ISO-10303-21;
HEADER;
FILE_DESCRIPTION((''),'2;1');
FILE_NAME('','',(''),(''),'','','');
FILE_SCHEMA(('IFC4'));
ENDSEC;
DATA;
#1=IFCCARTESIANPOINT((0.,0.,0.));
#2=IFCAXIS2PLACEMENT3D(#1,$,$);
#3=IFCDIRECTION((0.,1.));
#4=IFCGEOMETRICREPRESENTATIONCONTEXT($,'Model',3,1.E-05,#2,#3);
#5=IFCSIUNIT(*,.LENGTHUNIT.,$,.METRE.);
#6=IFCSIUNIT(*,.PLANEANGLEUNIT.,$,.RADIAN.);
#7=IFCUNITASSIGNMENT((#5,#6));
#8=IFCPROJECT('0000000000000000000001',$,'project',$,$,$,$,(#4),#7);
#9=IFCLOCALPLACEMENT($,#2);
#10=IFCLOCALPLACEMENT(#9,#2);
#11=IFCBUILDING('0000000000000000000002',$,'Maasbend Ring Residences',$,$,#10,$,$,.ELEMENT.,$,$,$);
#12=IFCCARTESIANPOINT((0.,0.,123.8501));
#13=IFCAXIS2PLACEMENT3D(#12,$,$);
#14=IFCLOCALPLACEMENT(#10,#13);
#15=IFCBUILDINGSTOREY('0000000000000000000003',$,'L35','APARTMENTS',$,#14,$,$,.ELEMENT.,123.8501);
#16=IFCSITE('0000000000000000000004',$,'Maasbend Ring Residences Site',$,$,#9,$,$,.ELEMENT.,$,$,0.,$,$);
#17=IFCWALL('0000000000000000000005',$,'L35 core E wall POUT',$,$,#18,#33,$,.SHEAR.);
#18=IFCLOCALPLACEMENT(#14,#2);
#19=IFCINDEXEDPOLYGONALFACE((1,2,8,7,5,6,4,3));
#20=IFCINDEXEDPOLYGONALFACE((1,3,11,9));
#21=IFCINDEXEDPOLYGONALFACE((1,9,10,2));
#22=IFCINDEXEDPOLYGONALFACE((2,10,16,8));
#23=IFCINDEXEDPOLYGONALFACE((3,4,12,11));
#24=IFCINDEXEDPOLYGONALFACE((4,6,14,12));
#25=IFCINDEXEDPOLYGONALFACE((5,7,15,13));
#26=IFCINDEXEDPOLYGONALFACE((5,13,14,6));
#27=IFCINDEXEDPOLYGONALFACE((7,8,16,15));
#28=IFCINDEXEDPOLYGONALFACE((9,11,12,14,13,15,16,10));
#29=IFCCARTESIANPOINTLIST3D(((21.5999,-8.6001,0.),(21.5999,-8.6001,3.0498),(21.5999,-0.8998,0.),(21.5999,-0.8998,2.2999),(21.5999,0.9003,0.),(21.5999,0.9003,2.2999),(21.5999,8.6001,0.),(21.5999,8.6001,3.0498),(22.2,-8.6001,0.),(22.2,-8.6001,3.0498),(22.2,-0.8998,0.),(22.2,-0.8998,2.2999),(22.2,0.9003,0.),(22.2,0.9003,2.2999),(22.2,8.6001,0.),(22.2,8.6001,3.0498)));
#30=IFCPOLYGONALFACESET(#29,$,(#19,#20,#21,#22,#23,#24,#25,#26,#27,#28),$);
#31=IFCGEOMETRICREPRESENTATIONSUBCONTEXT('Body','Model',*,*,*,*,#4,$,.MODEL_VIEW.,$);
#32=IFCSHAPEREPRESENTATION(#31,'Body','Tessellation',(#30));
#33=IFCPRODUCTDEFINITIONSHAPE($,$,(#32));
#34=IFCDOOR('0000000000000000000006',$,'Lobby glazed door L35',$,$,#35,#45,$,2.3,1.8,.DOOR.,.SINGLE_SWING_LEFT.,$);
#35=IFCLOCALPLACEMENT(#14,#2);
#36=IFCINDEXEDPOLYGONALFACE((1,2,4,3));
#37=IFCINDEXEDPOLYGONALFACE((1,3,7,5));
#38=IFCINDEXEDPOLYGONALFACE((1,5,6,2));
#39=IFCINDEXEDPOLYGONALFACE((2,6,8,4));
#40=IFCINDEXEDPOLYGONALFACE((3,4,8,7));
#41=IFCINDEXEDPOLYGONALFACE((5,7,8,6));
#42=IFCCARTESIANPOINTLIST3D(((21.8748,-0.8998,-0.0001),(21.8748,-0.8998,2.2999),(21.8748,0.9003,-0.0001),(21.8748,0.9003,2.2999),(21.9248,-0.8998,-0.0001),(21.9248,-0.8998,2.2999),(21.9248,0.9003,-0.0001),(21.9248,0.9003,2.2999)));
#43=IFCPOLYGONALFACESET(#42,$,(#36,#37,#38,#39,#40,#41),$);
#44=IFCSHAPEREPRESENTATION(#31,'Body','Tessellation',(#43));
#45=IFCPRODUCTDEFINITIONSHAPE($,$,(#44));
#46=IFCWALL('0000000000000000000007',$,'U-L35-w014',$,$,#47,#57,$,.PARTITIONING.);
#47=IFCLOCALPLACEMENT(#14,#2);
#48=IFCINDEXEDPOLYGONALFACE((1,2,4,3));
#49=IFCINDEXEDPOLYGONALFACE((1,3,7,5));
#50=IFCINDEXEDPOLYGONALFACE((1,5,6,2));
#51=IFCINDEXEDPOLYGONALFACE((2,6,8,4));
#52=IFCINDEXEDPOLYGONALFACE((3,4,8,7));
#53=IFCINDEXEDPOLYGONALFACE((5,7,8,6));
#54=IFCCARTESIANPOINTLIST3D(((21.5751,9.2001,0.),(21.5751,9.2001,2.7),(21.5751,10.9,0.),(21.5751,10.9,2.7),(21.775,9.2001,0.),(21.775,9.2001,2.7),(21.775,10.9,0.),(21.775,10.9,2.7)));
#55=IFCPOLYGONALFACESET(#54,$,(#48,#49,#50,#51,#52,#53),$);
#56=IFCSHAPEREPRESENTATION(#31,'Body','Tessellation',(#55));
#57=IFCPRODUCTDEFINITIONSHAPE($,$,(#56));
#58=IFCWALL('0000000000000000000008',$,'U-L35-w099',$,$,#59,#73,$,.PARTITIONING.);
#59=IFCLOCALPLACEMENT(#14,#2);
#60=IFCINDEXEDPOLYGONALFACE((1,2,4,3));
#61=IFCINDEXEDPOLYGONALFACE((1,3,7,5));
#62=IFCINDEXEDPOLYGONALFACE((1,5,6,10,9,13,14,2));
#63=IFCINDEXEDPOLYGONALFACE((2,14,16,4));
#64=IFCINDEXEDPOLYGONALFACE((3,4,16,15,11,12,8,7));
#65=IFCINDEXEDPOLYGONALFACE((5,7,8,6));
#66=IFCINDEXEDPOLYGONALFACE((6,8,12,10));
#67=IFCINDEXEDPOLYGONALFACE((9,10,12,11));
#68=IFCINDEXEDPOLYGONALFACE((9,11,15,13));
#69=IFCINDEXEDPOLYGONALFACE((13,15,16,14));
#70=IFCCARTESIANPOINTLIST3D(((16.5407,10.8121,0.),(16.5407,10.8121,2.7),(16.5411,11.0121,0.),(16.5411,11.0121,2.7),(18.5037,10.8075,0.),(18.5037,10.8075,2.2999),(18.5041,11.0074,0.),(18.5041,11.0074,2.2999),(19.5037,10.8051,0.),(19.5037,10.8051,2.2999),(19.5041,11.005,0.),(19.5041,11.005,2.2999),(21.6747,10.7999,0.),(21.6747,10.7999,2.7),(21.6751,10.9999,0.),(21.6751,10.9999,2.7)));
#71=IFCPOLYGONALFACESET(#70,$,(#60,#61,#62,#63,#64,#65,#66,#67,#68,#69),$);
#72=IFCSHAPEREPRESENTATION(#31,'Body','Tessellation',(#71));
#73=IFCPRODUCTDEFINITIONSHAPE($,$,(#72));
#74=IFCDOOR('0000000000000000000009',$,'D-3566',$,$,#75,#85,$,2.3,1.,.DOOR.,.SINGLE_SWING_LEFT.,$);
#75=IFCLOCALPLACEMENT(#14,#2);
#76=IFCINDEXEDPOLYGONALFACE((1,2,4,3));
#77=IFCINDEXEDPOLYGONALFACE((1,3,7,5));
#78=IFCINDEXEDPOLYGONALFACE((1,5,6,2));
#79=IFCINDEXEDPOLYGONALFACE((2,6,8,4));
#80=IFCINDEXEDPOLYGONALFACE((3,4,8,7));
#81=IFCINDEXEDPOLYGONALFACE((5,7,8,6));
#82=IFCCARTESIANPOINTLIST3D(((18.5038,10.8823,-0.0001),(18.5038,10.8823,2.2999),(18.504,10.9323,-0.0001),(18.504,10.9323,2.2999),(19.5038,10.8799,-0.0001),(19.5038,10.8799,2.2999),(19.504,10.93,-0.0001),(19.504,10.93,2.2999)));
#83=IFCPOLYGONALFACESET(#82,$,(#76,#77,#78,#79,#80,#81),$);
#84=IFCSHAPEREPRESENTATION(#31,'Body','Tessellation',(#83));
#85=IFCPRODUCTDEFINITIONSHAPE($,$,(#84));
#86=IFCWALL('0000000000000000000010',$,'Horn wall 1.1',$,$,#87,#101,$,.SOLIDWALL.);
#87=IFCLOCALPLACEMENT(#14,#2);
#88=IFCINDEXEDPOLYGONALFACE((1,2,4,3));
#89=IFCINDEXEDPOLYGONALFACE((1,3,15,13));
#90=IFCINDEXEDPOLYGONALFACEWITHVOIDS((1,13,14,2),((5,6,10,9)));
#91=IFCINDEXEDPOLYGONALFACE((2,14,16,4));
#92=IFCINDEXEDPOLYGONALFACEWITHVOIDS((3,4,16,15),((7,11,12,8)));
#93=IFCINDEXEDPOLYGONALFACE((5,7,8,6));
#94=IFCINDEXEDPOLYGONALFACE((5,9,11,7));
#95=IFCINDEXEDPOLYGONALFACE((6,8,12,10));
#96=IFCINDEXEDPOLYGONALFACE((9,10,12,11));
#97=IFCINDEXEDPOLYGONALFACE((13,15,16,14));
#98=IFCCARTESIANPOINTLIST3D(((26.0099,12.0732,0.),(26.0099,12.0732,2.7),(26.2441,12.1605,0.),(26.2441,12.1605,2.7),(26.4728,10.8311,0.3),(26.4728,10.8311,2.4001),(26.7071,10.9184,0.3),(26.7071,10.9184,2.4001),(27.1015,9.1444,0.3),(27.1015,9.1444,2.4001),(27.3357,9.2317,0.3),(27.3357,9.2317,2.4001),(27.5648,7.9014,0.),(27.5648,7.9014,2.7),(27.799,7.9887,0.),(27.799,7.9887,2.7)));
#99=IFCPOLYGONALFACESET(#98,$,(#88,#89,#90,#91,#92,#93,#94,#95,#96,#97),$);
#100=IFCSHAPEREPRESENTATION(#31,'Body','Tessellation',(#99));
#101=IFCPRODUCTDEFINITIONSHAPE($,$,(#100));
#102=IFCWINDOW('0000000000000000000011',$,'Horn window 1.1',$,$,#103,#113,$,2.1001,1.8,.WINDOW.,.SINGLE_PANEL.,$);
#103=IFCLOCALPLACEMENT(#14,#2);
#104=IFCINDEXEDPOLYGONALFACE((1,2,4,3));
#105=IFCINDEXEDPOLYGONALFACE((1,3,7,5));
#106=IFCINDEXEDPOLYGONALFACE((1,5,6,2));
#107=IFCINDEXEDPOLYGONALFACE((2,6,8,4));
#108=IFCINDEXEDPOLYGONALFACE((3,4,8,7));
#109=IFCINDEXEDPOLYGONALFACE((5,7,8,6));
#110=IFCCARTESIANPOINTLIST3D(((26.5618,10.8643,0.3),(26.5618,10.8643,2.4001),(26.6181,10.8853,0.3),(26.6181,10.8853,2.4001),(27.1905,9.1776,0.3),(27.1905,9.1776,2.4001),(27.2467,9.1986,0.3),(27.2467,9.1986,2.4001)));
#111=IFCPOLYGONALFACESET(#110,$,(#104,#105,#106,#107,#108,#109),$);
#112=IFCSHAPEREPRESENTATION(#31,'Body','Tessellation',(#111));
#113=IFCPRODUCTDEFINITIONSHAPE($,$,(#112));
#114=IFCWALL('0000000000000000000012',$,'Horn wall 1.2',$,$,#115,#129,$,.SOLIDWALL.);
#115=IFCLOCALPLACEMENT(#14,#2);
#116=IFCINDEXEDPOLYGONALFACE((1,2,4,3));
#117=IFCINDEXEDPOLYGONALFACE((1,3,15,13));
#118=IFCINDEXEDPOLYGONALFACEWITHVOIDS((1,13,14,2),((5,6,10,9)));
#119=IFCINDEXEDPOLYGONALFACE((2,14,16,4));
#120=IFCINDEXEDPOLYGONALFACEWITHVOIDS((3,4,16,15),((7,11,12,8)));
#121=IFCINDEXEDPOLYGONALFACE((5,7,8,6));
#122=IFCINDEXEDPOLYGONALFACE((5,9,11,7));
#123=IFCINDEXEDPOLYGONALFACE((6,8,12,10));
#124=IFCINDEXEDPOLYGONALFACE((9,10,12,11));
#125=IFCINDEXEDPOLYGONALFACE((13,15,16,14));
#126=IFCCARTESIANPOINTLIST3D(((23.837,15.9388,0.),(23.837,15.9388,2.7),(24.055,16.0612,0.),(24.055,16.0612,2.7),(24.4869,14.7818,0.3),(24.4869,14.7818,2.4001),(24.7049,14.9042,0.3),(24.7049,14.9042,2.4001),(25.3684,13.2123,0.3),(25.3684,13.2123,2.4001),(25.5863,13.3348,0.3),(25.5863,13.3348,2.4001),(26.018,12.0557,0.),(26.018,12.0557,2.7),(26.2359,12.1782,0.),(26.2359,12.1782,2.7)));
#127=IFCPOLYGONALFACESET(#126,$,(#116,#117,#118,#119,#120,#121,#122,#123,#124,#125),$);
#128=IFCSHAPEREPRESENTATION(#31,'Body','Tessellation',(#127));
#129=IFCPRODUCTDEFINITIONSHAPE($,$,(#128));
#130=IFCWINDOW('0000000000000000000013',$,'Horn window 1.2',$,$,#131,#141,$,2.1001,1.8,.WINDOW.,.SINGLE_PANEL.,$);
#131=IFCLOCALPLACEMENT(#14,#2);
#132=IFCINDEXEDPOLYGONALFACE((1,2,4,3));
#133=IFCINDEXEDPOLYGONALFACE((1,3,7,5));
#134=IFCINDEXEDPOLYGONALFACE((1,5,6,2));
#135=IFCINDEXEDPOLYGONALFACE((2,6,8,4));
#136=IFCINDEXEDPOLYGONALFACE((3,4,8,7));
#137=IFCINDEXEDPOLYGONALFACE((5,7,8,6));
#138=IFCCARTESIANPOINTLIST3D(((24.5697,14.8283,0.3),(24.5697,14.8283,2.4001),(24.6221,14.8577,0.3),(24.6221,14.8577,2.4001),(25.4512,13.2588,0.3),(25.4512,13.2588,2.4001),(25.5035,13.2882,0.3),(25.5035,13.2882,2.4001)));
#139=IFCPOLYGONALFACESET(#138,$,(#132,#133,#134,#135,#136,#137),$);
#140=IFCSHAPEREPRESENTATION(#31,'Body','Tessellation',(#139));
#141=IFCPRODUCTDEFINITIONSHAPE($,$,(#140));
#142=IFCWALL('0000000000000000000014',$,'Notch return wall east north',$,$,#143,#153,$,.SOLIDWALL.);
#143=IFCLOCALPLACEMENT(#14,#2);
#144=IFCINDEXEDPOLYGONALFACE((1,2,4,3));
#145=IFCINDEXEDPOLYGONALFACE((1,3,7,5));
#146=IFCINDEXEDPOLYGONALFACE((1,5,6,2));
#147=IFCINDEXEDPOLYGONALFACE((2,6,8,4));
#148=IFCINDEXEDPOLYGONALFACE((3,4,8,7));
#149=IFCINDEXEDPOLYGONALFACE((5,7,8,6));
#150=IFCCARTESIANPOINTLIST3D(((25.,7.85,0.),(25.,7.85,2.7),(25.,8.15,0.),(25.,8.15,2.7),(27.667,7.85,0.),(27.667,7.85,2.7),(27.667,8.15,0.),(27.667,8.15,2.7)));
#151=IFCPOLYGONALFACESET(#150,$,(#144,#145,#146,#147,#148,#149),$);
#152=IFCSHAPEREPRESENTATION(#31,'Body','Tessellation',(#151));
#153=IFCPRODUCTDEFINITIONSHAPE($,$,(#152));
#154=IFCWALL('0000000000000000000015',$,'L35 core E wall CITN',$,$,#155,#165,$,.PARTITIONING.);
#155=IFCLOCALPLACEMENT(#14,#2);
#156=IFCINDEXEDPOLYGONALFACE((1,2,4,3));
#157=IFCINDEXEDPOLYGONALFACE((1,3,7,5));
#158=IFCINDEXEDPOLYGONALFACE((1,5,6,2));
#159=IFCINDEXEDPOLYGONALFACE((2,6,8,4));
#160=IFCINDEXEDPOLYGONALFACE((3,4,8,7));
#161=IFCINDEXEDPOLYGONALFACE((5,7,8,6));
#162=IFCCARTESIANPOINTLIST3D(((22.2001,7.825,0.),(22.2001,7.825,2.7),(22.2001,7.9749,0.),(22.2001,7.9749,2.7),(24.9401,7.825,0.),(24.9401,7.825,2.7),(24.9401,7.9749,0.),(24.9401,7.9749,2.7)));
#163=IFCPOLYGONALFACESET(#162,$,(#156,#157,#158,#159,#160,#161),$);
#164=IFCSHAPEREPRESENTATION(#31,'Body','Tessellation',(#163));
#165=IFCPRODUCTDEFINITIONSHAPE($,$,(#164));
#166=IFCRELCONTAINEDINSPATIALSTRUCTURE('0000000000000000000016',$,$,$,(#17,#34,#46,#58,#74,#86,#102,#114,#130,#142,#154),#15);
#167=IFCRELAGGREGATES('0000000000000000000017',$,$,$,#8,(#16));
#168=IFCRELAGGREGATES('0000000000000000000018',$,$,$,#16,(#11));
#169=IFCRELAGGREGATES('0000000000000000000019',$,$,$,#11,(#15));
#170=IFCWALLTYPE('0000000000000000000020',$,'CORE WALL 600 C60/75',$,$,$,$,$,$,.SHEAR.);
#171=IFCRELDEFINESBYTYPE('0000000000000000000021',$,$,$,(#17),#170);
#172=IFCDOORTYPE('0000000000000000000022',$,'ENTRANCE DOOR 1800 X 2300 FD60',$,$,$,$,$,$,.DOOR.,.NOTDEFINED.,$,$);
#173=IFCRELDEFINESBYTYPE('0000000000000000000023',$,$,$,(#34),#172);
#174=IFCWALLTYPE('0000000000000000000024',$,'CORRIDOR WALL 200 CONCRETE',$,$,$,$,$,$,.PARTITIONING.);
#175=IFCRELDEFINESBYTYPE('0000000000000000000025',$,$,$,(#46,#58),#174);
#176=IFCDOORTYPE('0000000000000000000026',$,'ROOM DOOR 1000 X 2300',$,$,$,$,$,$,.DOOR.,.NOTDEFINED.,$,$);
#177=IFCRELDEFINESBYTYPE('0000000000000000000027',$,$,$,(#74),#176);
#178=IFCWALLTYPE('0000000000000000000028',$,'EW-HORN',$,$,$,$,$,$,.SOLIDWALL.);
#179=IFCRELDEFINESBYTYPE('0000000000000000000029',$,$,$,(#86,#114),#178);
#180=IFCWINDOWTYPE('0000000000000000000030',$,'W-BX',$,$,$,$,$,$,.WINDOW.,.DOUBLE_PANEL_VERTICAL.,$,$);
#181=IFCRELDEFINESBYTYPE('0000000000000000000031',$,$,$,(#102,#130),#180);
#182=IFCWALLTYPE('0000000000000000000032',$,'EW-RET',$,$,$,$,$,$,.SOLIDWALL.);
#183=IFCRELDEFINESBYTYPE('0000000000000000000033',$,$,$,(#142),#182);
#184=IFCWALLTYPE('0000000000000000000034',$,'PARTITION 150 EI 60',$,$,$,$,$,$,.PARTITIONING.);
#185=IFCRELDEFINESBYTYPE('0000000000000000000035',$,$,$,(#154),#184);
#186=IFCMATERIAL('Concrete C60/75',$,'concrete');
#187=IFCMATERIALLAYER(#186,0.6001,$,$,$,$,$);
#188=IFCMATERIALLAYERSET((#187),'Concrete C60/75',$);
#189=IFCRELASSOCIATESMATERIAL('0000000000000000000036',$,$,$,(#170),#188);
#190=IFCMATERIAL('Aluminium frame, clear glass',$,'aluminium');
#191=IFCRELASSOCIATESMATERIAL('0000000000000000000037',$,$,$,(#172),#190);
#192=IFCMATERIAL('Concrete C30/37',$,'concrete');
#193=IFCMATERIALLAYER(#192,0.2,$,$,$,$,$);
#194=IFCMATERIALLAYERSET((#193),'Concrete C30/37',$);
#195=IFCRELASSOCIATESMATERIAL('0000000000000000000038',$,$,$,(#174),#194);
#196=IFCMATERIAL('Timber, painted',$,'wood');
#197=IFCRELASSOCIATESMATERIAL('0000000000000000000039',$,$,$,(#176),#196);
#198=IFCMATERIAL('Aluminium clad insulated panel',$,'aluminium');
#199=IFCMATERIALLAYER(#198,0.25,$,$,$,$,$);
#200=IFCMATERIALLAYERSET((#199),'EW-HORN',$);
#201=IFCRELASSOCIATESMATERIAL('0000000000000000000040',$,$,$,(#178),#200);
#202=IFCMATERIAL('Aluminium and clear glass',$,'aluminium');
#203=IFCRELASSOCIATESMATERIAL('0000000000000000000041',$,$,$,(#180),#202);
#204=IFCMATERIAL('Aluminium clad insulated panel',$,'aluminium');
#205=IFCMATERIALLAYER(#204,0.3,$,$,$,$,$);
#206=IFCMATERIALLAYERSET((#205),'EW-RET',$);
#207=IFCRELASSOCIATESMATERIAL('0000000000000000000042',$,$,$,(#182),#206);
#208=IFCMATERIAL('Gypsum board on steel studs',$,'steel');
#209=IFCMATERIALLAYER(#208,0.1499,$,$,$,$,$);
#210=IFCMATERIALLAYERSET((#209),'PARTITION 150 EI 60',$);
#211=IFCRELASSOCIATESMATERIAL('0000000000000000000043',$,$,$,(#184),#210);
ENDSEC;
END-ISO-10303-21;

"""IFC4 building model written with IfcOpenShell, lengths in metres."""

from ifc_helpers import new_model, si_unit, direction, frame, frame_2d, origin, place, context, subcontext, project, spatial, rectangle, extrude, material, layer, layer_set, type_object, element, fill, save


model = new_model("IFC4")

# Units and contexts
model_context = context("Model", 3, precision=1e-05, world=origin(), true_north=direction((0.0, 1.0)))
body_context = subcontext(model_context, "Body", "Model", "MODEL_VIEW")
ifc_project = project(units=[si_unit("LENGTHUNIT", "METRE"), si_unit("PLANEANGLEUNIT", "RADIAN")], contexts=[model_context])

# Site, building, storey
site_placement = place(None, origin())
site = spatial("IfcSite", under=ifc_project, at=site_placement, Name="Maasbend Ring Residences Site", CompositionType="ELEMENT", RefElevation=0.0)
building_placement = place(site_placement, origin())
building = spatial("IfcBuilding", under=site, at=building_placement, Name="Maasbend Ring Residences", CompositionType="ELEMENT")
storey_placement = place(building_placement, frame((0.0, 0.0, 123.8501)))
storey = spatial("IfcBuildingStorey", under=building, at=storey_placement, Name="L35", Description="APARTMENTS", CompositionType="ELEMENT", Elevation=123.8501)

# Wall, opening, door
ifc_material_1 = material(Name="Concrete C60/75", Category="concrete")
ifc_layer_1 = layer(ifc_material_1, 0.6001)
ifc_layer_set_1 = layer_set([ifc_layer_1], Name="Concrete C60/75")
wall_type_1 = type_object("IfcWallType", Name="CORE WALL 600 C60/75", PredefinedType="SHEAR", material=ifc_layer_set_1)
wall_1_placement = place(storey_placement, frame((21.8999, 8.6001, 0.0), z_axis=(0.0, 0.0, 1.0), x_axis=(0.0, -1.0, 0.0)))
wall_1 = element("IfcWall", 1, at=wall_1_placement, inside=storey, type_object=wall_type_1, Name="L35 core E wall POUT", PredefinedType="SHEAR", context=body_context, shape_type="SweptSolid", body=[
    extrude(rectangle(XDim=17.2002, YDim=0.6001, at=frame_2d((8.6001, 0.0))), origin(), (0.0, 0.0, 1.0), 3.0498),
])
opening_1_placement = place(wall_1_placement, frame((7.7, 0.0, 0.0)))
opening_1 = element("IfcOpeningElement", 2, at=opening_1_placement, cuts=wall_1, PredefinedType="OPENING", context=body_context, shape_type="SweptSolid", body=[
    extrude(rectangle(XDim=1.8, YDim=2.3, at=frame_2d((0.8999, 1.1499))), frame((0.0, 0.3101, 0.0), z_axis=(0.0, -1.0, 0.0), x_axis=(1.0, 0.0, 0.0)), (0.0, 0.0, 1.0), 0.6201),
])
ifc_material_2 = material(Name="Aluminium frame, clear glass", Category="aluminium")
door_type_1 = type_object("IfcDoorType", Name="ENTRANCE DOOR 1800 X 2300 FD60", OperationType="NOTDEFINED", PredefinedType="DOOR", material=ifc_material_2)
door_1_placement = place(opening_1_placement, origin())
door_1 = element("IfcDoor", 3, at=door_1_placement, inside=storey, type_object=door_type_1, Name="Lobby glazed door L35", OperationType="SINGLE_SWING_LEFT", OverallHeight=2.3, OverallWidth=1.8, PredefinedType="DOOR", context=body_context, shape_type="SweptSolid", body=[
    extrude(rectangle(XDim=1.8, YDim=2.3, at=frame_2d((0.8999, 1.1499))), frame((0.0, 0.0249, 0.0), z_axis=(0.0, -1.0, 0.0), x_axis=(1.0, 0.0, 0.0)), (0.0, 0.0, 1.0), 0.05),
])
fill(opening_1, door_1)

# Wall
ifc_material_3 = material(Name="Concrete C30/37", Category="concrete")
ifc_layer_2 = layer(ifc_material_3, 0.2)
ifc_layer_set_2 = layer_set([ifc_layer_2], Name="Concrete C30/37")
wall_type_2 = type_object("IfcWallType", Name="CORRIDOR WALL 200 CONCRETE", PredefinedType="PARTITIONING", material=ifc_layer_set_2)
wall_2_placement = place(storey_placement, frame((21.675, 9.2, 0.0), z_axis=(0.0, 0.0, 1.0), x_axis=(0.0, 1.0, 0.0)))
element("IfcWall", 4, at=wall_2_placement, inside=storey, type_object=wall_type_2, Name="U-L35-w014", PredefinedType="PARTITIONING", context=body_context, shape_type="SweptSolid", body=[
    extrude(rectangle(XDim=1.7, YDim=0.2, at=frame_2d((0.8501, 0.0))), origin(), (0.0, 0.0, 1.0), 2.7),
])

# Wall, opening, door
wall_3_placement = place(storey_placement, frame((16.541, 10.9121, 0.0), z_axis=(0.0, 0.0, 1.0), x_axis=(0.999997, -0.002378, 0.0)))
wall_3 = element("IfcWall", 5, at=wall_3_placement, inside=storey, type_object=wall_type_2, Name="U-L35-w099", PredefinedType="PARTITIONING", context=body_context, shape_type="SweptSolid", body=[
    extrude(rectangle(XDim=5.134, YDim=0.2, at=frame_2d((2.5669, 0.0))), origin(), (0.0, 0.0, 1.0), 2.7),
])
opening_2_placement = place(wall_3_placement, frame((1.9629, 0.0, 0.0)))
opening_2 = element("IfcOpeningElement", 6, at=opening_2_placement, cuts=wall_3, PredefinedType="OPENING", context=body_context, shape_type="SweptSolid", body=[
    extrude(rectangle(XDim=1.0, YDim=2.3, at=frame_2d((0.5, 1.1499))), frame((0.0, 0.1099, 0.0), z_axis=(0.0, -1.0, 0.0), x_axis=(1.0, 0.0, 0.0)), (0.0, 0.0, 1.0), 0.22),
])
ifc_material_4 = material(Name="Timber, painted", Category="wood")
door_type_2 = type_object("IfcDoorType", Name="ROOM DOOR 1000 X 2300", OperationType="NOTDEFINED", PredefinedType="DOOR", material=ifc_material_4)
door_2_placement = place(opening_2_placement, origin())
door_2 = element("IfcDoor", 7, at=door_2_placement, inside=storey, type_object=door_type_2, Name="D-3566", OperationType="SINGLE_SWING_LEFT", OverallHeight=2.3, OverallWidth=1.0, PredefinedType="DOOR", context=body_context, shape_type="SweptSolid", body=[
    extrude(rectangle(XDim=1.0, YDim=2.3, at=frame_2d((0.5, 1.1499))), frame((0.0, 0.0249, 0.0), z_axis=(0.0, -1.0, 0.0), x_axis=(1.0, 0.0, 0.0)), (0.0, 0.0, 1.0), 0.05),
])
fill(opening_2, door_2)

# Walls, openings, windows
ifc_material_5 = material(Name="Aluminium clad insulated panel", Category="aluminium")
ifc_layer_3 = layer(ifc_material_5, 0.25)
ifc_layer_set_3 = layer_set([ifc_layer_3], Name="EW-HORN")
wall_type_3 = type_object("IfcWallType", Name="EW-HORN", PredefinedType="SOLIDWALL", material=ifc_layer_set_3)
wall_4_placement = place(storey_placement, frame((27.6819, 7.9451, 0.0), z_axis=(0.0, 0.0, 1.0), x_axis=(-0.349248, 0.93703, 0.0)))
wall_4 = element("IfcWall", 8, at=wall_4_placement, inside=storey, type_object=wall_type_3, Name="Horn wall 1.1", PredefinedType="SOLIDWALL", context=body_context, shape_type="SweptSolid", body=[
    extrude(rectangle(XDim=4.4521, YDim=0.25, at=frame_2d((2.2261, 0.0))), origin(), (0.0, 0.0, 1.0), 2.7),
])
opening_3_placement = place(wall_4_placement, frame((1.3267, 0.0, 0.3)))
opening_3 = element("IfcOpeningElement", 9, at=opening_3_placement, cuts=wall_4, PredefinedType="OPENING", context=body_context, shape_type="SweptSolid", body=[
    extrude(rectangle(XDim=1.8, YDim=2.1001, at=frame_2d((0.8999, 1.05))), frame((0.0, 0.135, 0.0), z_axis=(0.0, -1.0, 0.0), x_axis=(1.0, 0.0, 0.0)), (0.0, 0.0, 1.0), 0.27),
])
ifc_material_6 = material(Name="Aluminium and clear glass", Category="aluminium")
window_type = type_object("IfcWindowType", Name="W-BX", PartitioningType="DOUBLE_PANEL_VERTICAL", PredefinedType="WINDOW", material=ifc_material_6)
window_1_placement = place(opening_3_placement, origin())
window_1 = element("IfcWindow", 10, at=window_1_placement, inside=storey, type_object=window_type, Name="Horn window 1.1", OverallHeight=2.1001, OverallWidth=1.8, PartitioningType="SINGLE_PANEL", PredefinedType="WINDOW", context=body_context, shape_type="SweptSolid", body=[
    extrude(rectangle(XDim=1.8, YDim=2.1001, at=frame_2d((0.8999, 1.05))), frame((0.0, 0.03, 0.0), z_axis=(0.0, -1.0, 0.0), x_axis=(1.0, 0.0, 0.0)), (0.0, 0.0, 1.0), 0.0601),
])
fill(opening_3, window_1)
wall_5_placement = place(storey_placement, frame((26.127, 12.1169, 0.0), z_axis=(0.0, 0.0, 1.0), x_axis=(-0.489696, 0.871893, 0.0)))
wall_5 = element("IfcWall", 11, at=wall_5_placement, inside=storey, type_object=wall_type_3, Name="Horn wall 1.2", PredefinedType="SOLIDWALL", context=body_context, shape_type="SweptSolid", body=[
    extrude(rectangle(XDim=4.4536, YDim=0.25, at=frame_2d((2.2268, 0.0))), origin(), (0.0, 0.0, 1.0), 2.7),
])
opening_4_placement = place(wall_5_placement, frame((1.3267, 0.0, 0.3)))
opening_4 = element("IfcOpeningElement", 12, at=opening_4_placement, cuts=wall_5, PredefinedType="OPENING", context=body_context, shape_type="SweptSolid", body=[
    extrude(rectangle(XDim=1.8, YDim=2.1001, at=frame_2d((0.8999, 1.05))), frame((0.0, 0.135, 0.0), z_axis=(0.0, -1.0, 0.0), x_axis=(1.0, 0.0, 0.0)), (0.0, 0.0, 1.0), 0.27),
])
window_2_placement = place(opening_4_placement, origin())
window_2 = element("IfcWindow", 13, at=window_2_placement, inside=storey, type_object=window_type, Name="Horn window 1.2", OverallHeight=2.1001, OverallWidth=1.8, PartitioningType="SINGLE_PANEL", PredefinedType="WINDOW", context=body_context, shape_type="SweptSolid", body=[
    extrude(rectangle(XDim=1.8, YDim=2.1001, at=frame_2d((0.8999, 1.05))), frame((0.0, 0.03, 0.0), z_axis=(0.0, -1.0, 0.0), x_axis=(1.0, 0.0, 0.0)), (0.0, 0.0, 1.0), 0.0601),
])
fill(opening_4, window_2)

# Walls
ifc_material_7 = material(Name="Aluminium clad insulated panel", Category="aluminium")
ifc_layer_4 = layer(ifc_material_7, 0.3)
ifc_layer_set_4 = layer_set([ifc_layer_4], Name="EW-RET")
wall_type_4 = type_object("IfcWallType", Name="EW-RET", PredefinedType="SOLIDWALL", material=ifc_layer_set_4)
wall_6_placement = place(storey_placement, frame((25.0, 8.0, 0.0), z_axis=(0.0, 0.0, 1.0), x_axis=(1.0, 0.0, 0.0)))
element("IfcWall", 14, at=wall_6_placement, inside=storey, type_object=wall_type_4, Name="Notch return wall east north", PredefinedType="SOLIDWALL", context=body_context, shape_type="SweptSolid", body=[
    extrude(rectangle(XDim=2.667, YDim=0.3, at=frame_2d((1.3335, 0.0))), origin(), (0.0, 0.0, 1.0), 2.7),
])
ifc_material_8 = material(Name="Gypsum board on steel studs", Category="steel")
ifc_layer_5 = layer(ifc_material_8, 0.1499)
ifc_layer_set_5 = layer_set([ifc_layer_5], Name="PARTITION 150 EI 60")
wall_type_5 = type_object("IfcWallType", Name="PARTITION 150 EI 60", PredefinedType="PARTITIONING", material=ifc_layer_set_5)
wall_7_placement = place(storey_placement, frame((22.2, 7.8999, 0.0), z_axis=(0.0, 0.0, 1.0), x_axis=(1.0, 0.0, 0.0)))
element("IfcWall", 15, at=wall_7_placement, inside=storey, type_object=wall_type_5, Name="L35 core E wall CITN", PredefinedType="PARTITIONING", context=body_context, shape_type="SweptSolid", body=[
    extrude(rectangle(XDim=2.74, YDim=0.1499, at=frame_2d((1.3701, 0.0))), origin(), (0.0, 0.0, 1.0), 2.7),
])

save(model, "model.ifc")
